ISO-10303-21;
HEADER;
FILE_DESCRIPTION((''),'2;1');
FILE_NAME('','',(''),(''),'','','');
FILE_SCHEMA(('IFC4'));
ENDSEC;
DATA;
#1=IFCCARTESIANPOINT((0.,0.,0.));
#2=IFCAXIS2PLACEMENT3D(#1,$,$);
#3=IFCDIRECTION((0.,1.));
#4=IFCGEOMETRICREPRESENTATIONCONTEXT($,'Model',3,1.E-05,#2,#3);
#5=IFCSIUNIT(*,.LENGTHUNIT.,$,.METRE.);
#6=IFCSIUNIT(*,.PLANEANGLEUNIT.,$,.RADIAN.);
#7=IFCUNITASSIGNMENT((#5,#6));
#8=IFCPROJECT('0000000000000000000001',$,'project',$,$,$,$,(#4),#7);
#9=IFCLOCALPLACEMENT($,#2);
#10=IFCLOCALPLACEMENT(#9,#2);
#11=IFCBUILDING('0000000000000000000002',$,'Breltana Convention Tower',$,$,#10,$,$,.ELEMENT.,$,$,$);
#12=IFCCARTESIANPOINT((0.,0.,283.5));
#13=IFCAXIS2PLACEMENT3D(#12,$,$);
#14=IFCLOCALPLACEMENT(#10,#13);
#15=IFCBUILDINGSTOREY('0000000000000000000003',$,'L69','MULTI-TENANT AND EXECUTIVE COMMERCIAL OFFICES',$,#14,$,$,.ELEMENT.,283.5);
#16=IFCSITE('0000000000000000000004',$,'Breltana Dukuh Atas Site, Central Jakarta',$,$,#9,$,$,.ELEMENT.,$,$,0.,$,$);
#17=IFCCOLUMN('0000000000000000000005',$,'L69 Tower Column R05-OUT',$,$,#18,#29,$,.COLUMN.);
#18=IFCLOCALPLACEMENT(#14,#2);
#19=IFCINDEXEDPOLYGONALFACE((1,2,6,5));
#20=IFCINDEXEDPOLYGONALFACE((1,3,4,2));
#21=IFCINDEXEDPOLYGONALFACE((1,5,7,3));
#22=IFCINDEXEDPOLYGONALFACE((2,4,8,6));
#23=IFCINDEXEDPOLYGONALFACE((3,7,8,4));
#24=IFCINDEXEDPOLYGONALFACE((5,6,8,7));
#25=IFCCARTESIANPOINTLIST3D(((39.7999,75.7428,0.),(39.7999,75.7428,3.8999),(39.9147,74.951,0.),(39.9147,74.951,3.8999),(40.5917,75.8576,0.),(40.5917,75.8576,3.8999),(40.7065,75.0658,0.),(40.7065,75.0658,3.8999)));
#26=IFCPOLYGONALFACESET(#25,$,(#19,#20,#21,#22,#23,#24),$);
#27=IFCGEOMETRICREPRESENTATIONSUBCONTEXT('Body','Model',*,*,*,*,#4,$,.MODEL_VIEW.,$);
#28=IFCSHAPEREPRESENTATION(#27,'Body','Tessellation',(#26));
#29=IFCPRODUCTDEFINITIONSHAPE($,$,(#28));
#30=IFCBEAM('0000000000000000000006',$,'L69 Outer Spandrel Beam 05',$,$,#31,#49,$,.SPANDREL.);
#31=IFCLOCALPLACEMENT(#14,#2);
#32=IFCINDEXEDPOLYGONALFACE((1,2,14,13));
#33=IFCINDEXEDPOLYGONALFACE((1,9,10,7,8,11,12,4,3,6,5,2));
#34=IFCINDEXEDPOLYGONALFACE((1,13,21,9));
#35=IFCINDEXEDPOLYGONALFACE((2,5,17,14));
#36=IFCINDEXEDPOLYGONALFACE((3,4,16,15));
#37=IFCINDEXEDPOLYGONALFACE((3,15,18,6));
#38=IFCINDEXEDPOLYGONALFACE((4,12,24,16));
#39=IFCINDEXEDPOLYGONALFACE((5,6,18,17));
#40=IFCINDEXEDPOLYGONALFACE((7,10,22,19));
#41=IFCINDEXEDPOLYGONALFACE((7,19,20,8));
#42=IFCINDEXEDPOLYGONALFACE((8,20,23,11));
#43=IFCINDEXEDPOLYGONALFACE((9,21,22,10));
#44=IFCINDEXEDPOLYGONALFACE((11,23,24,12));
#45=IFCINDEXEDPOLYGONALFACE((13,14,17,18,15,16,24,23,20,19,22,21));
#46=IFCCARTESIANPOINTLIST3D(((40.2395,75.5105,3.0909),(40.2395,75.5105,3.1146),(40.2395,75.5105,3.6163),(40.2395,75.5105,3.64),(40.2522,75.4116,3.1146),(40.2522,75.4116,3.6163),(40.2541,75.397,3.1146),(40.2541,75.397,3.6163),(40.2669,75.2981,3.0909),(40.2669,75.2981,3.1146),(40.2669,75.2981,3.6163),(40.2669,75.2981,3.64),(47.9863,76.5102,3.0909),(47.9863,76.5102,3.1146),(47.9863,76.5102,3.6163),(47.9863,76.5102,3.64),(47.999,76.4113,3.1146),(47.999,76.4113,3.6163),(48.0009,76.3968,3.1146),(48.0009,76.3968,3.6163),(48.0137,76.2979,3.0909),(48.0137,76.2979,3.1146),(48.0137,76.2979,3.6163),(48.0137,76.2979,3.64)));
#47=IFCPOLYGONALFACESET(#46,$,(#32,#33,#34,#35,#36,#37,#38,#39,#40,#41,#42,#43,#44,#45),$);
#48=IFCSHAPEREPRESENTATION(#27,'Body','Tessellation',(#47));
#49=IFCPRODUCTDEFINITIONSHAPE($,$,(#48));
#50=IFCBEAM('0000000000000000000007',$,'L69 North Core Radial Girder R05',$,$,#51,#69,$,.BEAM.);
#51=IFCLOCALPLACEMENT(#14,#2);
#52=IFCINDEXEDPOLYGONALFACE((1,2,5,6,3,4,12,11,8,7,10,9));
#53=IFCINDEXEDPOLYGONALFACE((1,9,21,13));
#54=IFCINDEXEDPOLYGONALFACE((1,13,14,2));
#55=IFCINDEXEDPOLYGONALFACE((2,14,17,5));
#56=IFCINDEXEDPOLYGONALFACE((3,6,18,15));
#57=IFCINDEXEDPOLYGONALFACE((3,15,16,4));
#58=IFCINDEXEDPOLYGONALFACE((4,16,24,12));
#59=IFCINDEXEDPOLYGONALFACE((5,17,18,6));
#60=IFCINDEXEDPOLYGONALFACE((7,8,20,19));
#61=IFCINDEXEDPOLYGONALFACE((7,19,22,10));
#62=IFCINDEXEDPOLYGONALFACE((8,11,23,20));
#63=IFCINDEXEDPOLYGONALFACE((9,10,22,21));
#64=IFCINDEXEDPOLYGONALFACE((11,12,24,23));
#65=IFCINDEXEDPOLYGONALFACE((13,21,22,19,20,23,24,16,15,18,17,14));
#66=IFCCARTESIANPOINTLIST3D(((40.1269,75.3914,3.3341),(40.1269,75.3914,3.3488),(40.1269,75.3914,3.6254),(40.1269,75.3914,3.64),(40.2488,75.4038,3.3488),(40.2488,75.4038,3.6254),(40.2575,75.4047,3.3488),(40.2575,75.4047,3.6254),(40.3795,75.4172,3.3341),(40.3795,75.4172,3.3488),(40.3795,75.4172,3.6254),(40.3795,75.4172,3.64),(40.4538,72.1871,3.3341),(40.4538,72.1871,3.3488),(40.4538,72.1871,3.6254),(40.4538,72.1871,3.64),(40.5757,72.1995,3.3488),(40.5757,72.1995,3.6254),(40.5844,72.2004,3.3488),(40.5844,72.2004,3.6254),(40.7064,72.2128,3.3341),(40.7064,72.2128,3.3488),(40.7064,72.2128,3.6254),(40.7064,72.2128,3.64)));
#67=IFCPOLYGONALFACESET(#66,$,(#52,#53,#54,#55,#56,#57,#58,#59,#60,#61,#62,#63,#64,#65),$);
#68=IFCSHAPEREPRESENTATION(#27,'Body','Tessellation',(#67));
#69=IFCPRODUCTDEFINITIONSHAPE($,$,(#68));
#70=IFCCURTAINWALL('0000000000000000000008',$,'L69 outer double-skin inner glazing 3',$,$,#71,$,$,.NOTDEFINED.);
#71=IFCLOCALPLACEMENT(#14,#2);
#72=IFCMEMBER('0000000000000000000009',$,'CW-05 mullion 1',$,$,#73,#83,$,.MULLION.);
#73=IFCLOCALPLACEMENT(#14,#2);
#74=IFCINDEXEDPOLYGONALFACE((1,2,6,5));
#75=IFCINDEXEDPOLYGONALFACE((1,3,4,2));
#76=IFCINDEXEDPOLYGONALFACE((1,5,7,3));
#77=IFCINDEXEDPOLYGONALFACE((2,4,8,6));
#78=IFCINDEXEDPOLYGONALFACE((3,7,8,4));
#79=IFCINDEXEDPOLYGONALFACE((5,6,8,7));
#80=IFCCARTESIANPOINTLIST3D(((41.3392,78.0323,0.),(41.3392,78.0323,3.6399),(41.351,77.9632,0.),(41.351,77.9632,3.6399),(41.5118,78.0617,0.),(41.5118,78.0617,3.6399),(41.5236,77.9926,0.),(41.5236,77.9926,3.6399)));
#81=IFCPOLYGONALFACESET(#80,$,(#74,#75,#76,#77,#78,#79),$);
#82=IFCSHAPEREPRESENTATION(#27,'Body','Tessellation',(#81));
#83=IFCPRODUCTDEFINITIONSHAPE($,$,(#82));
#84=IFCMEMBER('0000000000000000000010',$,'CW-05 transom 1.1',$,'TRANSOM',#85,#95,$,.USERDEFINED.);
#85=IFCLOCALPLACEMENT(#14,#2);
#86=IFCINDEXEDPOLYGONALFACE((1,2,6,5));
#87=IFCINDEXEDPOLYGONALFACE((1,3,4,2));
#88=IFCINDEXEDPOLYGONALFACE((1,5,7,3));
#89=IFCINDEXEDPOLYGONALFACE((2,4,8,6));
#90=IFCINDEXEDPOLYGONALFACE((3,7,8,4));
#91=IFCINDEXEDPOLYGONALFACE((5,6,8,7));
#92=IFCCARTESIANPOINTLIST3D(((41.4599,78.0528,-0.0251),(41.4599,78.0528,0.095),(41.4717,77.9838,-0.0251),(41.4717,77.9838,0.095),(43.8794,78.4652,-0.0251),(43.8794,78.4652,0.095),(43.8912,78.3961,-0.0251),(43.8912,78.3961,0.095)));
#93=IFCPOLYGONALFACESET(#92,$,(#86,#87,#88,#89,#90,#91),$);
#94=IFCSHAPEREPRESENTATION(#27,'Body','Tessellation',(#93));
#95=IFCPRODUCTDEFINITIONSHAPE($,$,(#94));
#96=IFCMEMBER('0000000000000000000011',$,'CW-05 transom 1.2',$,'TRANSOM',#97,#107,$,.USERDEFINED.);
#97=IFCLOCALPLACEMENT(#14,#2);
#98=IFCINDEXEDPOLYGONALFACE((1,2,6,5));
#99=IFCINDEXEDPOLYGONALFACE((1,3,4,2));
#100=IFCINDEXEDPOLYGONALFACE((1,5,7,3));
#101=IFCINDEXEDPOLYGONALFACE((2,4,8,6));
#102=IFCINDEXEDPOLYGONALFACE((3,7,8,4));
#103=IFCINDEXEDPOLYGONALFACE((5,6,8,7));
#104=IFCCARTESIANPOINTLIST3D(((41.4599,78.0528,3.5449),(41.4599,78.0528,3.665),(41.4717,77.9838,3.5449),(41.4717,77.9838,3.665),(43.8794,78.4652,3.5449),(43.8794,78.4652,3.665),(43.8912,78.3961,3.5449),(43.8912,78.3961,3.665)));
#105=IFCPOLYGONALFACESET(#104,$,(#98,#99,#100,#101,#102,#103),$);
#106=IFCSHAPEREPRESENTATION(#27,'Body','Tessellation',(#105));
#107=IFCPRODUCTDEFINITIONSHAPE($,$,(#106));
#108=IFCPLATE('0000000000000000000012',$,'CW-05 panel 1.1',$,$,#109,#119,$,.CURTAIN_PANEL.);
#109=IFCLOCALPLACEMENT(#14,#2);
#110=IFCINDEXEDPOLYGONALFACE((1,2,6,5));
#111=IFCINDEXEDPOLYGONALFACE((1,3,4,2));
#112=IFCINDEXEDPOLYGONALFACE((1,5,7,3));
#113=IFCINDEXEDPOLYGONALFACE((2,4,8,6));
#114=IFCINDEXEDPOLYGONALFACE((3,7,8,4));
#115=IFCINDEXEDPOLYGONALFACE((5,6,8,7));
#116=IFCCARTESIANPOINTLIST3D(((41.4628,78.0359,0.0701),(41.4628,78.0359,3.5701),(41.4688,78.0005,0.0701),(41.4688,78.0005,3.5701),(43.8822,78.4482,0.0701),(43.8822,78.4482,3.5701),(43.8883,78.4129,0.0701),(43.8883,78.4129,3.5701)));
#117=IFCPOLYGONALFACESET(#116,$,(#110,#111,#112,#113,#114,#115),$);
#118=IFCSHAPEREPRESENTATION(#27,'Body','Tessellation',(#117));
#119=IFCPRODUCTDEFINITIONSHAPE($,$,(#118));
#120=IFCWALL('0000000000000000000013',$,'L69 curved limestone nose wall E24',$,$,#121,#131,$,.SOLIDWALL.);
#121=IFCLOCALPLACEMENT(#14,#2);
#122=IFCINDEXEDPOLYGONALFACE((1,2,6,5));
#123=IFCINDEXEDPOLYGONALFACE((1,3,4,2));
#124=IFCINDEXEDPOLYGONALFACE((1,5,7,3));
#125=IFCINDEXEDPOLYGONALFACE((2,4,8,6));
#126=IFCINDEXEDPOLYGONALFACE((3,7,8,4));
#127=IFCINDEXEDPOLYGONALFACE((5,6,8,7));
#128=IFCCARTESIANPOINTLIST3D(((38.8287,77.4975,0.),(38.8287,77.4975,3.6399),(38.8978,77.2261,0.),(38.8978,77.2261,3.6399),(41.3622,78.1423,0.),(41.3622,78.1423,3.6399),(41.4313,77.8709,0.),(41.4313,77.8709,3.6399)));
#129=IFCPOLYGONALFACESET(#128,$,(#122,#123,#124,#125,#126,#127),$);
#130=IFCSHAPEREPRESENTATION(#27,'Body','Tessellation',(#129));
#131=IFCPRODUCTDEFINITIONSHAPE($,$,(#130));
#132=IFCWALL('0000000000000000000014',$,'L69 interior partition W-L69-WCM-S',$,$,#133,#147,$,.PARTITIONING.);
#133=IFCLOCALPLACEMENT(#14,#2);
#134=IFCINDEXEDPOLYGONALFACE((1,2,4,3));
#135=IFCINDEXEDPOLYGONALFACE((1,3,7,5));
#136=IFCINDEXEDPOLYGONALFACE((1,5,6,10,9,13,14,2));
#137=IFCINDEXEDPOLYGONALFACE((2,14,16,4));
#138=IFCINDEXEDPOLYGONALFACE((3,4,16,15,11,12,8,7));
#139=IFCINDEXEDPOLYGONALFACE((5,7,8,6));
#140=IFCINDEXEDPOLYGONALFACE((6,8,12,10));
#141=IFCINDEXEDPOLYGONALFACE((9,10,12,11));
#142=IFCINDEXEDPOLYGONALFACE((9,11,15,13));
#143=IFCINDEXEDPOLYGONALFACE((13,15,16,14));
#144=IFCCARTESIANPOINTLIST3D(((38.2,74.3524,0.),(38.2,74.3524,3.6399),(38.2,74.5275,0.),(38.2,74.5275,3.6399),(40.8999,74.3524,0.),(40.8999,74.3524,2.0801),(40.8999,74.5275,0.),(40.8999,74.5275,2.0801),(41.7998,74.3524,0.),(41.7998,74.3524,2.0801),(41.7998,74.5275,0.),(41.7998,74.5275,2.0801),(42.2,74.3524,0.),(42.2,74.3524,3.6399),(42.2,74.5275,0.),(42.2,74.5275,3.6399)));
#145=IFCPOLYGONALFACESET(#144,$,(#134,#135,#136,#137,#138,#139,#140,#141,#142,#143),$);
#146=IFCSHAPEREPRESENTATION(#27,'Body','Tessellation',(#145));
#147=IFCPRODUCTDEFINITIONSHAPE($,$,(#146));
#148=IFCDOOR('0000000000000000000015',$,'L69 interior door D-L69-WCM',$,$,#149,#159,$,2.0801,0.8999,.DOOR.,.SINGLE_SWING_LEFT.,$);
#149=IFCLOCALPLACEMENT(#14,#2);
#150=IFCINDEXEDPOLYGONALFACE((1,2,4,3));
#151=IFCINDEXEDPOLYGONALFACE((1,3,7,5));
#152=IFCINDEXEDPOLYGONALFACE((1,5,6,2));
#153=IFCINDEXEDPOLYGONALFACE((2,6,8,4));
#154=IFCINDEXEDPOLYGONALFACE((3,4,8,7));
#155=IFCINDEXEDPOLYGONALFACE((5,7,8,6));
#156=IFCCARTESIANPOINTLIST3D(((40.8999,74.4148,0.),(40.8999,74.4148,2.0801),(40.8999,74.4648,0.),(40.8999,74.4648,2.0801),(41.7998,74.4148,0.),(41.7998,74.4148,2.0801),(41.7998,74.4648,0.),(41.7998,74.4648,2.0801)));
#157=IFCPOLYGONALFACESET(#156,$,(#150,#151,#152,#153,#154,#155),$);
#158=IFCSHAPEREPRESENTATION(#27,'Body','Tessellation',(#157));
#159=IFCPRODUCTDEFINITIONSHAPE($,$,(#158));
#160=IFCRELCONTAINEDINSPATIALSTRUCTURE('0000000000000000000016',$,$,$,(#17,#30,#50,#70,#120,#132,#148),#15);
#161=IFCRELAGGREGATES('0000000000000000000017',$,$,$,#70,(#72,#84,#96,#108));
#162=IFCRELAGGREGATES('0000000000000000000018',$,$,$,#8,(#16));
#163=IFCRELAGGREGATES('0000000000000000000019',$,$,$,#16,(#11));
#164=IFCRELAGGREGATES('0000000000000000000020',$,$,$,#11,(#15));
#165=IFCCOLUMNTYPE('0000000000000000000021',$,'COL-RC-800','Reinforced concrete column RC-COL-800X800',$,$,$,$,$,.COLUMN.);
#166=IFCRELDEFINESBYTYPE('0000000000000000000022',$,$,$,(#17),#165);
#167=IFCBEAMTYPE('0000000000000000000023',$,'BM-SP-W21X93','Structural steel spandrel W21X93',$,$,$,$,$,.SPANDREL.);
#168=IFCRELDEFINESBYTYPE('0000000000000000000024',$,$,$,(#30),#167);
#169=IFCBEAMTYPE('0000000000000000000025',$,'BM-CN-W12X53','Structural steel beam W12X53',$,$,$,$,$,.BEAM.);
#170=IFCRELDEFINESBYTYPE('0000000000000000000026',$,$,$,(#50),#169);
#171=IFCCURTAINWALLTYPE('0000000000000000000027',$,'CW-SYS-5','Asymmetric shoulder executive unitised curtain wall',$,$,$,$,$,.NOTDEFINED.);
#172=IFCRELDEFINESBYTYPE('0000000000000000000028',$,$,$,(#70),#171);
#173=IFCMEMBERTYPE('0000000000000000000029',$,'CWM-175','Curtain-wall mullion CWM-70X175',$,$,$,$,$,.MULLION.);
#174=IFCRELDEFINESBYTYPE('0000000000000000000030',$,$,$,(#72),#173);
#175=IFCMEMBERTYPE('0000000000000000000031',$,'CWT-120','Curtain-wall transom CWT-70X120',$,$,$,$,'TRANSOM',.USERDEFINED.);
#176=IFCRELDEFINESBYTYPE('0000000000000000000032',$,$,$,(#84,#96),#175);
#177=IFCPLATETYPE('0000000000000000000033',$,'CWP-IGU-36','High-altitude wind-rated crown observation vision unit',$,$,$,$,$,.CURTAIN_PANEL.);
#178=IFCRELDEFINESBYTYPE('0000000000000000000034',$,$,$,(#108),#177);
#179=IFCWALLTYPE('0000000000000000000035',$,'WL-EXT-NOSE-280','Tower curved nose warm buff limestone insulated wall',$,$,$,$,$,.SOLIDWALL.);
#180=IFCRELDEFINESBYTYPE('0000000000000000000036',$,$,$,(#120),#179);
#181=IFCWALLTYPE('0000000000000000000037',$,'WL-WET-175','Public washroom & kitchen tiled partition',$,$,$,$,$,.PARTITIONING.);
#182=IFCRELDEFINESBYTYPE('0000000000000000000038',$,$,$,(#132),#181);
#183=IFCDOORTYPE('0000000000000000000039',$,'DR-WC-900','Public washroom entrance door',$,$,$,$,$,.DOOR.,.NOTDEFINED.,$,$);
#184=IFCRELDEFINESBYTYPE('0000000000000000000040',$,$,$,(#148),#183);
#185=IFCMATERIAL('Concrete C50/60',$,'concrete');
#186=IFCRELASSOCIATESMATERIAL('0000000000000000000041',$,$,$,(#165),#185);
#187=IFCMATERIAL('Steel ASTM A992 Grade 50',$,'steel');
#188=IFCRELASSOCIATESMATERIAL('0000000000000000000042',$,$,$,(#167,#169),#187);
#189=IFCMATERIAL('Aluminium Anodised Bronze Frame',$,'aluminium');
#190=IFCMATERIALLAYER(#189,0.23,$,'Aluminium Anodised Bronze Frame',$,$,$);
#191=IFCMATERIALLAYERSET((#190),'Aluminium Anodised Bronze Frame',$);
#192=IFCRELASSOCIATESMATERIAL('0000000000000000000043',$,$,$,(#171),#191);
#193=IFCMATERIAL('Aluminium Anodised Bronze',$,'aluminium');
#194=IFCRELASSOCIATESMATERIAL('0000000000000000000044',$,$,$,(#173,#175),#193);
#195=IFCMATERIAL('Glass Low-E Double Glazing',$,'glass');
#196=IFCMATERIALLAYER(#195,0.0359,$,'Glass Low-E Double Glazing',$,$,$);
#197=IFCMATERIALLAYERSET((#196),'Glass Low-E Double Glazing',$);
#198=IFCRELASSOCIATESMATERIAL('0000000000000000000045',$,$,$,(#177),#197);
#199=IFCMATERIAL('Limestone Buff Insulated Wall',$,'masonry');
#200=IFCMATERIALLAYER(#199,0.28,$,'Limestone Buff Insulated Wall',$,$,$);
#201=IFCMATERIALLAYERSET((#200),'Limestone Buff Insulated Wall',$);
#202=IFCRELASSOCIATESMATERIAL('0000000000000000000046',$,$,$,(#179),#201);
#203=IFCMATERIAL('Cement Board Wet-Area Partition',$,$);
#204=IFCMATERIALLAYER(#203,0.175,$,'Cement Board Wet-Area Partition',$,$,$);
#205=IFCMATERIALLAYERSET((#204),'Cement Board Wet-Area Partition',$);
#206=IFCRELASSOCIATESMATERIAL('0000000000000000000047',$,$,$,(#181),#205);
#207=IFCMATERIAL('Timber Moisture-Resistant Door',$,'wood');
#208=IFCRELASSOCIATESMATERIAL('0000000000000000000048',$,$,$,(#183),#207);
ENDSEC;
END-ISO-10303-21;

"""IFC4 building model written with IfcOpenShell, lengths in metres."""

from ifc_helpers import new_model, si_unit, direction, frame, frame_2d, origin, origin_2d, place, context, subcontext, project, spatial, rectangle, i_section, extrude, source, transform, mapped, material, layer, layer_set, material_profile, profile_set, type_object, type_shapes, element, fill, aggregate, save


model = new_model("IFC4")

# Units and contexts
model_context = context("Model", 3, precision=1e-05, world=origin(), true_north=direction((0.0, 1.0)))
body_context = subcontext(model_context, "Body", "Model", "MODEL_VIEW")
ifc_project = project(units=[si_unit("LENGTHUNIT", "METRE"), si_unit("PLANEANGLEUNIT", "RADIAN")], contexts=[model_context])

# Site, building, storey
site_placement = place(None, origin())
site = spatial("IfcSite", under=ifc_project, at=site_placement, Name="Breltana Dukuh Atas Site, Central Jakarta", CompositionType="ELEMENT", RefElevation=0.0)
building_placement = place(site_placement, origin())
building = spatial("IfcBuilding", under=site, at=building_placement, Name="Breltana Convention Tower", CompositionType="ELEMENT")
storey_placement = place(building_placement, frame((0.0, 0.0, 283.5)))
storey = spatial("IfcBuildingStorey", under=building, at=storey_placement, Name="L69", Description="MULTI-TENANT AND EXECUTIVE COMMERCIAL OFFICES", CompositionType="ELEMENT", Elevation=283.5)

# Column
ifc_material_1 = material(Name="Concrete C50/60", Category="concrete")
ifc_material_profile_1 = material_profile(ifc_material_1, rectangle(XDim=0.8, YDim=0.8, at=origin_2d()), Name="RC-COL-800X800")
ifc_profile_set_1 = profile_set([ifc_material_profile_1], Name="Concrete C50/60")
column_type = type_object("IfcColumnType", Name="COL-RC-800", Description="Reinforced concrete column RC-COL-800X800", PredefinedType="COLUMN", material=ifc_profile_set_1)
shared_shape_1 = source(origin(), body_context, "Body", "SweptSolid", [
    extrude(rectangle(XDim=0.8, YDim=0.8, at=origin_2d()), origin(), (0.0, 0.0, 1.0), 3.8999),
])
column_placement = place(storey_placement, frame((40.2532, 75.4043, 0.0), z_axis=(0.0, 0.0, 1.0), x_axis=(-0.143493, 0.989651, 0.0)))
element("IfcColumn", 1, at=column_placement, inside=storey, type_object=column_type, Name="L69 Tower Column R05-OUT", PredefinedType="COLUMN", context=body_context, shape_type="MappedRepresentation", body=[
    mapped(shared_shape_1, transform((0.0, 0.0, 0.0), scale=1.0)),
])

# Beams
ifc_material_2 = material(Name="Steel ASTM A992 Grade 50", Category="steel")
ifc_material_profile_2 = material_profile(ifc_material_2, i_section(OverallWidth=0.2141, OverallDepth=0.5491, WebThickness=0.0146, FlangeThickness=0.0237, at=origin_2d()), Name="W21X93")
ifc_profile_set_2 = profile_set([ifc_material_profile_2], Name="Steel ASTM A992 Grade 50")
beam_type_1 = type_object("IfcBeamType", Name="BM-SP-W21X93", Description="Structural steel spandrel W21X93", PredefinedType="SPANDREL", material=ifc_profile_set_2)
shared_shape_2 = source(origin(), body_context, "Body", "SweptSolid", [
    extrude(i_section(OverallWidth=0.2141, OverallDepth=0.5491, WebThickness=0.0146, FlangeThickness=0.0237, at=origin_2d()), origin(), (0.0, 0.0, 1.0), 7.811),
])
beam_1_placement = place(storey_placement, frame((40.2532, 75.4043, 3.3655), z_axis=(0.991775, 0.127992, 0.0), x_axis=(-0.127992, 0.991775, 0.0)))
element("IfcBeam", 2, at=beam_1_placement, inside=storey, type_object=beam_type_1, Name="L69 Outer Spandrel Beam 05", PredefinedType="SPANDREL", context=body_context, shape_type="MappedRepresentation", body=[
    mapped(shared_shape_2, transform((0.0, 0.0, 0.0), scale=1.0)),
])
ifc_material_profile_3 = material_profile(ifc_material_2, i_section(OverallWidth=0.2539, OverallDepth=0.3059, WebThickness=0.0088, FlangeThickness=0.0146, at=origin_2d()), Name="W12X53")
ifc_profile_set_3 = profile_set([ifc_material_profile_3], Name="Steel ASTM A992 Grade 50")
beam_type_2 = type_object("IfcBeamType", Name="BM-CN-W12X53", Description="Structural steel beam W12X53", PredefinedType="BEAM", material=ifc_profile_set_3)
shared_shape_3 = source(origin(), body_context, "Body", "SweptSolid", [
    extrude(i_section(OverallWidth=0.2539, OverallDepth=0.3059, WebThickness=0.0088, FlangeThickness=0.0146, at=origin_2d()), origin(), (0.0, 0.0, 1.0), 3.2209),
])
beam_2_placement = place(storey_placement, frame((40.5801, 72.2, 3.4871), z_axis=(-0.101492, 0.994836, 0.0), x_axis=(-0.994836, -0.101492, 0.0)))
element("IfcBeam", 3, at=beam_2_placement, inside=storey, type_object=beam_type_2, Name="L69 North Core Radial Girder R05", PredefinedType="BEAM", context=body_context, shape_type="MappedRepresentation", body=[
    mapped(shared_shape_3, transform((0.0, 0.0, 0.0), scale=1.0)),
])

# Curtain wall, members, plate
ifc_material_3 = material(Name="Aluminium Anodised Bronze Frame", Category="aluminium")
ifc_layer_1 = layer(ifc_material_3, 0.23, Name="Aluminium Anodised Bronze Frame")
ifc_layer_set_1 = layer_set([ifc_layer_1], Name="Aluminium Anodised Bronze Frame")
curtain_wall_type = type_object("IfcCurtainWallType", Name="CW-SYS-5", Description="Asymmetric shoulder executive unitised curtain wall", PredefinedType="NOTDEFINED", material=ifc_layer_set_1)
curtain_wall_placement = place(storey_placement, origin())
curtain_wall = element("IfcCurtainWall", 4, at=curtain_wall_placement, inside=storey, type_object=curtain_wall_type, Name="L69 outer double-skin inner glazing 3", PredefinedType="NOTDEFINED")
ifc_material_4 = material(Name="Aluminium Anodised Bronze", Category="aluminium")
ifc_material_profile_4 = material_profile(ifc_material_4, rectangle(XDim=0.0701, YDim=0.175, at=origin_2d()), Name="CWM-70X175")
ifc_profile_set_4 = profile_set([ifc_material_profile_4], Name="Aluminium Anodised Bronze")
member_type_1 = type_object("IfcMemberType", Name="CWM-175", Description="Curtain-wall mullion CWM-70X175", PredefinedType="MULLION", material=ifc_profile_set_4)
shared_shape_4 = source(origin(), body_context, "Body", "SweptSolid", [
    extrude(rectangle(XDim=0.0701, YDim=0.175, at=origin_2d()), origin(), (0.0, 0.0, 1.0), 3.6399),
])
member_1_placement = place(storey_placement, frame((41.4314, 78.0125, 0.0), z_axis=(0.0, 0.0, 1.0), x_axis=(-0.168017, 0.985784, 0.0)))
member_1 = element("IfcMember", 5, at=member_1_placement, type_object=member_type_1, Name="CW-05 mullion 1", PredefinedType="MULLION", context=body_context, shape_type="MappedRepresentation", body=[
    mapped(shared_shape_4, transform((0.0, 0.0, 0.0), scale=1.0)),
])
ifc_material_profile_5 = material_profile(ifc_material_4, rectangle(XDim=0.0701, YDim=0.1201, at=origin_2d()), Name="CWT-70X120")
ifc_profile_set_5 = profile_set([ifc_material_profile_5], Name="Aluminium Anodised Bronze")
member_type_2 = type_object("IfcMemberType", Name="CWT-120", Description="Curtain-wall transom CWT-70X120", ElementType="TRANSOM", PredefinedType="USERDEFINED", material=ifc_profile_set_5)
shared_shape_5 = source(origin(), body_context, "Body", "SweptSolid", [
    extrude(rectangle(XDim=0.0701, YDim=0.1201, at=origin_2d()), origin(), (0.0, 0.0, 1.0), 2.4543),
])
member_2_placement = place(storey_placement, frame((41.4658, 78.0183, 0.0349), z_axis=(0.985785, 0.168011, 0.0), x_axis=(-0.168011, 0.985785, 0.0)))
member_2 = element("IfcMember", 6, at=member_2_placement, type_object=member_type_2, Name="CW-05 transom 1.1", ObjectType="TRANSOM", PredefinedType="USERDEFINED", context=body_context, shape_type="MappedRepresentation", body=[
    mapped(shared_shape_5, transform((0.0, 0.0, 0.0), scale=1.0)),
])
member_3_placement = place(storey_placement, frame((41.4658, 78.0183, 3.605), z_axis=(0.985785, 0.168011, 0.0), x_axis=(-0.168011, 0.985785, 0.0)))
member_3 = element("IfcMember", 7, at=member_3_placement, type_object=member_type_2, Name="CW-05 transom 1.2", ObjectType="TRANSOM", PredefinedType="USERDEFINED", context=body_context, shape_type="MappedRepresentation", body=[
    mapped(shared_shape_5, transform((0.0, 0.0, 0.0), scale=1.0)),
])
ifc_material_5 = material(Name="Glass Low-E Double Glazing", Category="glass")
ifc_layer_2 = layer(ifc_material_5, 0.0359, Name="Glass Low-E Double Glazing")
ifc_layer_set_2 = layer_set([ifc_layer_2], Name="Glass Low-E Double Glazing")
plate_type = type_object("IfcPlateType", Name="CWP-IGU-36", Description="High-altitude wind-rated crown observation vision unit", PredefinedType="CURTAIN_PANEL", material=ifc_layer_set_2)
shared_shape_6 = source(origin(), body_context, "Body", "SweptSolid", [
    extrude(rectangle(XDim=2.4543, YDim=0.0359, at=origin_2d()), origin(), (0.0, 0.0, 1.0), 3.5),
])
plate_placement = place(storey_placement, frame((42.6755, 78.2244, 0.0701), z_axis=(0.0, 0.0, 1.0), x_axis=(0.985784, 0.168017, 0.0)))
plate = element("IfcPlate", 8, at=plate_placement, type_object=plate_type, Name="CW-05 panel 1.1", PredefinedType="CURTAIN_PANEL", context=body_context, shape_type="MappedRepresentation", body=[
    mapped(shared_shape_6, transform((0.0, 0.0, 0.0), scale=1.0)),
])
aggregate(curtain_wall, [member_1, member_2, member_3, plate])

# Wall
ifc_material_6 = material(Name="Limestone Buff Insulated Wall", Category="masonry")
ifc_layer_3 = layer(ifc_material_6, 0.28, Name="Limestone Buff Insulated Wall")
ifc_layer_set_3 = layer_set([ifc_layer_3], Name="Limestone Buff Insulated Wall")
wall_type_1 = type_object("IfcWallType", Name="WL-EXT-NOSE-280", Description="Tower curved nose warm buff limestone insulated wall", PredefinedType="SOLIDWALL", material=ifc_layer_set_3)
shared_shape_7 = source(origin(), body_context, "Body", "SweptSolid", [
    extrude(rectangle(XDim=2.6143, YDim=0.28, at=frame_2d((1.3071, 0.0))), origin(), (0.0, 0.0, 1.0), 3.6399),
])
wall_1_placement = place(storey_placement, frame((38.8633, 77.3618, 0.0), z_axis=(0.0, 0.0, 1.0), x_axis=(0.969107, 0.246643, 0.0)))
element("IfcWall", 9, at=wall_1_placement, inside=storey, type_object=wall_type_1, Name="L69 curved limestone nose wall E24", PredefinedType="SOLIDWALL", context=body_context, shape_type="MappedRepresentation", body=[
    mapped(shared_shape_7, transform((0.0, 0.0, 0.0), scale=1.0)),
])

# Wall, opening, door
ifc_material_7 = material(Name="Cement Board Wet-Area Partition")
ifc_layer_4 = layer(ifc_material_7, 0.175, Name="Cement Board Wet-Area Partition")
ifc_layer_set_4 = layer_set([ifc_layer_4], Name="Cement Board Wet-Area Partition")
wall_type_2 = type_object("IfcWallType", Name="WL-WET-175", Description="Public washroom & kitchen tiled partition", PredefinedType="PARTITIONING", material=ifc_layer_set_4)
shared_shape_8 = source(origin(), body_context, "Body", "SweptSolid", [
    extrude(rectangle(XDim=4.0, YDim=0.175, at=frame_2d((2.0, 0.0))), origin(), (0.0, 0.0, 1.0), 3.6399),
])
wall_2_placement = place(storey_placement, frame((38.2, 74.4399, 0.0), z_axis=(0.0, 0.0, 1.0), x_axis=(1.0, 0.0, 0.0)))
wall_2 = element("IfcWall", 10, at=wall_2_placement, inside=storey, type_object=wall_type_2, Name="L69 interior partition W-L69-WCM-S", PredefinedType="PARTITIONING", context=body_context, shape_type="MappedRepresentation", body=[
    mapped(shared_shape_8, transform((0.0, 0.0, 0.0), scale=1.0)),
])
opening_1_placement = place(wall_2_placement, frame((2.7, 0.0, 0.0)))
opening_1 = element("IfcOpeningElement", 11, at=opening_1_placement, cuts=wall_2, PredefinedType="OPENING", context=body_context, shape_type="SweptSolid", body=[
    extrude(rectangle(XDim=0.8999, YDim=2.0801, at=frame_2d((0.45, 1.04))), frame((0.0, 0.0977, 0.0), z_axis=(0.0, -1.0, 0.0), x_axis=(1.0, 0.0, 0.0)), (0.0, 0.0, 1.0), 0.1951),
])
ifc_material_8 = material(Name="Timber Moisture-Resistant Door", Category="wood")
door_type = type_object("IfcDoorType", Name="DR-WC-900", Description="Public washroom entrance door", OperationType="NOTDEFINED", PredefinedType="DOOR", material=ifc_material_8)
shared_shape_9 = source(origin(), body_context, "Body", "SweptSolid", [
    extrude(rectangle(XDim=0.8999, YDim=2.0801, at=frame_2d((0.45, 1.04))), frame((0.0, 0.0249, 0.0), z_axis=(0.0, -1.0, 0.0), x_axis=(1.0, 0.0, 0.0)), (0.0, 0.0, 1.0), 0.05),
])
type_shapes(door_type, [shared_shape_9])
door_1_placement = place(opening_1_placement, origin())
door_1 = element("IfcDoor", 12, at=door_1_placement, inside=storey, type_object=door_type, Name="L69 interior door D-L69-WCM", OperationType="SINGLE_SWING_LEFT", OverallHeight=2.0801, OverallWidth=0.8999, PredefinedType="DOOR", context=body_context, shape_type="MappedRepresentation", body=[
    mapped(shared_shape_9, transform((0.0, 0.0, 0.0), scale=1.0)),
])
fill(opening_1, door_1)

save(model, "model.ifc")
